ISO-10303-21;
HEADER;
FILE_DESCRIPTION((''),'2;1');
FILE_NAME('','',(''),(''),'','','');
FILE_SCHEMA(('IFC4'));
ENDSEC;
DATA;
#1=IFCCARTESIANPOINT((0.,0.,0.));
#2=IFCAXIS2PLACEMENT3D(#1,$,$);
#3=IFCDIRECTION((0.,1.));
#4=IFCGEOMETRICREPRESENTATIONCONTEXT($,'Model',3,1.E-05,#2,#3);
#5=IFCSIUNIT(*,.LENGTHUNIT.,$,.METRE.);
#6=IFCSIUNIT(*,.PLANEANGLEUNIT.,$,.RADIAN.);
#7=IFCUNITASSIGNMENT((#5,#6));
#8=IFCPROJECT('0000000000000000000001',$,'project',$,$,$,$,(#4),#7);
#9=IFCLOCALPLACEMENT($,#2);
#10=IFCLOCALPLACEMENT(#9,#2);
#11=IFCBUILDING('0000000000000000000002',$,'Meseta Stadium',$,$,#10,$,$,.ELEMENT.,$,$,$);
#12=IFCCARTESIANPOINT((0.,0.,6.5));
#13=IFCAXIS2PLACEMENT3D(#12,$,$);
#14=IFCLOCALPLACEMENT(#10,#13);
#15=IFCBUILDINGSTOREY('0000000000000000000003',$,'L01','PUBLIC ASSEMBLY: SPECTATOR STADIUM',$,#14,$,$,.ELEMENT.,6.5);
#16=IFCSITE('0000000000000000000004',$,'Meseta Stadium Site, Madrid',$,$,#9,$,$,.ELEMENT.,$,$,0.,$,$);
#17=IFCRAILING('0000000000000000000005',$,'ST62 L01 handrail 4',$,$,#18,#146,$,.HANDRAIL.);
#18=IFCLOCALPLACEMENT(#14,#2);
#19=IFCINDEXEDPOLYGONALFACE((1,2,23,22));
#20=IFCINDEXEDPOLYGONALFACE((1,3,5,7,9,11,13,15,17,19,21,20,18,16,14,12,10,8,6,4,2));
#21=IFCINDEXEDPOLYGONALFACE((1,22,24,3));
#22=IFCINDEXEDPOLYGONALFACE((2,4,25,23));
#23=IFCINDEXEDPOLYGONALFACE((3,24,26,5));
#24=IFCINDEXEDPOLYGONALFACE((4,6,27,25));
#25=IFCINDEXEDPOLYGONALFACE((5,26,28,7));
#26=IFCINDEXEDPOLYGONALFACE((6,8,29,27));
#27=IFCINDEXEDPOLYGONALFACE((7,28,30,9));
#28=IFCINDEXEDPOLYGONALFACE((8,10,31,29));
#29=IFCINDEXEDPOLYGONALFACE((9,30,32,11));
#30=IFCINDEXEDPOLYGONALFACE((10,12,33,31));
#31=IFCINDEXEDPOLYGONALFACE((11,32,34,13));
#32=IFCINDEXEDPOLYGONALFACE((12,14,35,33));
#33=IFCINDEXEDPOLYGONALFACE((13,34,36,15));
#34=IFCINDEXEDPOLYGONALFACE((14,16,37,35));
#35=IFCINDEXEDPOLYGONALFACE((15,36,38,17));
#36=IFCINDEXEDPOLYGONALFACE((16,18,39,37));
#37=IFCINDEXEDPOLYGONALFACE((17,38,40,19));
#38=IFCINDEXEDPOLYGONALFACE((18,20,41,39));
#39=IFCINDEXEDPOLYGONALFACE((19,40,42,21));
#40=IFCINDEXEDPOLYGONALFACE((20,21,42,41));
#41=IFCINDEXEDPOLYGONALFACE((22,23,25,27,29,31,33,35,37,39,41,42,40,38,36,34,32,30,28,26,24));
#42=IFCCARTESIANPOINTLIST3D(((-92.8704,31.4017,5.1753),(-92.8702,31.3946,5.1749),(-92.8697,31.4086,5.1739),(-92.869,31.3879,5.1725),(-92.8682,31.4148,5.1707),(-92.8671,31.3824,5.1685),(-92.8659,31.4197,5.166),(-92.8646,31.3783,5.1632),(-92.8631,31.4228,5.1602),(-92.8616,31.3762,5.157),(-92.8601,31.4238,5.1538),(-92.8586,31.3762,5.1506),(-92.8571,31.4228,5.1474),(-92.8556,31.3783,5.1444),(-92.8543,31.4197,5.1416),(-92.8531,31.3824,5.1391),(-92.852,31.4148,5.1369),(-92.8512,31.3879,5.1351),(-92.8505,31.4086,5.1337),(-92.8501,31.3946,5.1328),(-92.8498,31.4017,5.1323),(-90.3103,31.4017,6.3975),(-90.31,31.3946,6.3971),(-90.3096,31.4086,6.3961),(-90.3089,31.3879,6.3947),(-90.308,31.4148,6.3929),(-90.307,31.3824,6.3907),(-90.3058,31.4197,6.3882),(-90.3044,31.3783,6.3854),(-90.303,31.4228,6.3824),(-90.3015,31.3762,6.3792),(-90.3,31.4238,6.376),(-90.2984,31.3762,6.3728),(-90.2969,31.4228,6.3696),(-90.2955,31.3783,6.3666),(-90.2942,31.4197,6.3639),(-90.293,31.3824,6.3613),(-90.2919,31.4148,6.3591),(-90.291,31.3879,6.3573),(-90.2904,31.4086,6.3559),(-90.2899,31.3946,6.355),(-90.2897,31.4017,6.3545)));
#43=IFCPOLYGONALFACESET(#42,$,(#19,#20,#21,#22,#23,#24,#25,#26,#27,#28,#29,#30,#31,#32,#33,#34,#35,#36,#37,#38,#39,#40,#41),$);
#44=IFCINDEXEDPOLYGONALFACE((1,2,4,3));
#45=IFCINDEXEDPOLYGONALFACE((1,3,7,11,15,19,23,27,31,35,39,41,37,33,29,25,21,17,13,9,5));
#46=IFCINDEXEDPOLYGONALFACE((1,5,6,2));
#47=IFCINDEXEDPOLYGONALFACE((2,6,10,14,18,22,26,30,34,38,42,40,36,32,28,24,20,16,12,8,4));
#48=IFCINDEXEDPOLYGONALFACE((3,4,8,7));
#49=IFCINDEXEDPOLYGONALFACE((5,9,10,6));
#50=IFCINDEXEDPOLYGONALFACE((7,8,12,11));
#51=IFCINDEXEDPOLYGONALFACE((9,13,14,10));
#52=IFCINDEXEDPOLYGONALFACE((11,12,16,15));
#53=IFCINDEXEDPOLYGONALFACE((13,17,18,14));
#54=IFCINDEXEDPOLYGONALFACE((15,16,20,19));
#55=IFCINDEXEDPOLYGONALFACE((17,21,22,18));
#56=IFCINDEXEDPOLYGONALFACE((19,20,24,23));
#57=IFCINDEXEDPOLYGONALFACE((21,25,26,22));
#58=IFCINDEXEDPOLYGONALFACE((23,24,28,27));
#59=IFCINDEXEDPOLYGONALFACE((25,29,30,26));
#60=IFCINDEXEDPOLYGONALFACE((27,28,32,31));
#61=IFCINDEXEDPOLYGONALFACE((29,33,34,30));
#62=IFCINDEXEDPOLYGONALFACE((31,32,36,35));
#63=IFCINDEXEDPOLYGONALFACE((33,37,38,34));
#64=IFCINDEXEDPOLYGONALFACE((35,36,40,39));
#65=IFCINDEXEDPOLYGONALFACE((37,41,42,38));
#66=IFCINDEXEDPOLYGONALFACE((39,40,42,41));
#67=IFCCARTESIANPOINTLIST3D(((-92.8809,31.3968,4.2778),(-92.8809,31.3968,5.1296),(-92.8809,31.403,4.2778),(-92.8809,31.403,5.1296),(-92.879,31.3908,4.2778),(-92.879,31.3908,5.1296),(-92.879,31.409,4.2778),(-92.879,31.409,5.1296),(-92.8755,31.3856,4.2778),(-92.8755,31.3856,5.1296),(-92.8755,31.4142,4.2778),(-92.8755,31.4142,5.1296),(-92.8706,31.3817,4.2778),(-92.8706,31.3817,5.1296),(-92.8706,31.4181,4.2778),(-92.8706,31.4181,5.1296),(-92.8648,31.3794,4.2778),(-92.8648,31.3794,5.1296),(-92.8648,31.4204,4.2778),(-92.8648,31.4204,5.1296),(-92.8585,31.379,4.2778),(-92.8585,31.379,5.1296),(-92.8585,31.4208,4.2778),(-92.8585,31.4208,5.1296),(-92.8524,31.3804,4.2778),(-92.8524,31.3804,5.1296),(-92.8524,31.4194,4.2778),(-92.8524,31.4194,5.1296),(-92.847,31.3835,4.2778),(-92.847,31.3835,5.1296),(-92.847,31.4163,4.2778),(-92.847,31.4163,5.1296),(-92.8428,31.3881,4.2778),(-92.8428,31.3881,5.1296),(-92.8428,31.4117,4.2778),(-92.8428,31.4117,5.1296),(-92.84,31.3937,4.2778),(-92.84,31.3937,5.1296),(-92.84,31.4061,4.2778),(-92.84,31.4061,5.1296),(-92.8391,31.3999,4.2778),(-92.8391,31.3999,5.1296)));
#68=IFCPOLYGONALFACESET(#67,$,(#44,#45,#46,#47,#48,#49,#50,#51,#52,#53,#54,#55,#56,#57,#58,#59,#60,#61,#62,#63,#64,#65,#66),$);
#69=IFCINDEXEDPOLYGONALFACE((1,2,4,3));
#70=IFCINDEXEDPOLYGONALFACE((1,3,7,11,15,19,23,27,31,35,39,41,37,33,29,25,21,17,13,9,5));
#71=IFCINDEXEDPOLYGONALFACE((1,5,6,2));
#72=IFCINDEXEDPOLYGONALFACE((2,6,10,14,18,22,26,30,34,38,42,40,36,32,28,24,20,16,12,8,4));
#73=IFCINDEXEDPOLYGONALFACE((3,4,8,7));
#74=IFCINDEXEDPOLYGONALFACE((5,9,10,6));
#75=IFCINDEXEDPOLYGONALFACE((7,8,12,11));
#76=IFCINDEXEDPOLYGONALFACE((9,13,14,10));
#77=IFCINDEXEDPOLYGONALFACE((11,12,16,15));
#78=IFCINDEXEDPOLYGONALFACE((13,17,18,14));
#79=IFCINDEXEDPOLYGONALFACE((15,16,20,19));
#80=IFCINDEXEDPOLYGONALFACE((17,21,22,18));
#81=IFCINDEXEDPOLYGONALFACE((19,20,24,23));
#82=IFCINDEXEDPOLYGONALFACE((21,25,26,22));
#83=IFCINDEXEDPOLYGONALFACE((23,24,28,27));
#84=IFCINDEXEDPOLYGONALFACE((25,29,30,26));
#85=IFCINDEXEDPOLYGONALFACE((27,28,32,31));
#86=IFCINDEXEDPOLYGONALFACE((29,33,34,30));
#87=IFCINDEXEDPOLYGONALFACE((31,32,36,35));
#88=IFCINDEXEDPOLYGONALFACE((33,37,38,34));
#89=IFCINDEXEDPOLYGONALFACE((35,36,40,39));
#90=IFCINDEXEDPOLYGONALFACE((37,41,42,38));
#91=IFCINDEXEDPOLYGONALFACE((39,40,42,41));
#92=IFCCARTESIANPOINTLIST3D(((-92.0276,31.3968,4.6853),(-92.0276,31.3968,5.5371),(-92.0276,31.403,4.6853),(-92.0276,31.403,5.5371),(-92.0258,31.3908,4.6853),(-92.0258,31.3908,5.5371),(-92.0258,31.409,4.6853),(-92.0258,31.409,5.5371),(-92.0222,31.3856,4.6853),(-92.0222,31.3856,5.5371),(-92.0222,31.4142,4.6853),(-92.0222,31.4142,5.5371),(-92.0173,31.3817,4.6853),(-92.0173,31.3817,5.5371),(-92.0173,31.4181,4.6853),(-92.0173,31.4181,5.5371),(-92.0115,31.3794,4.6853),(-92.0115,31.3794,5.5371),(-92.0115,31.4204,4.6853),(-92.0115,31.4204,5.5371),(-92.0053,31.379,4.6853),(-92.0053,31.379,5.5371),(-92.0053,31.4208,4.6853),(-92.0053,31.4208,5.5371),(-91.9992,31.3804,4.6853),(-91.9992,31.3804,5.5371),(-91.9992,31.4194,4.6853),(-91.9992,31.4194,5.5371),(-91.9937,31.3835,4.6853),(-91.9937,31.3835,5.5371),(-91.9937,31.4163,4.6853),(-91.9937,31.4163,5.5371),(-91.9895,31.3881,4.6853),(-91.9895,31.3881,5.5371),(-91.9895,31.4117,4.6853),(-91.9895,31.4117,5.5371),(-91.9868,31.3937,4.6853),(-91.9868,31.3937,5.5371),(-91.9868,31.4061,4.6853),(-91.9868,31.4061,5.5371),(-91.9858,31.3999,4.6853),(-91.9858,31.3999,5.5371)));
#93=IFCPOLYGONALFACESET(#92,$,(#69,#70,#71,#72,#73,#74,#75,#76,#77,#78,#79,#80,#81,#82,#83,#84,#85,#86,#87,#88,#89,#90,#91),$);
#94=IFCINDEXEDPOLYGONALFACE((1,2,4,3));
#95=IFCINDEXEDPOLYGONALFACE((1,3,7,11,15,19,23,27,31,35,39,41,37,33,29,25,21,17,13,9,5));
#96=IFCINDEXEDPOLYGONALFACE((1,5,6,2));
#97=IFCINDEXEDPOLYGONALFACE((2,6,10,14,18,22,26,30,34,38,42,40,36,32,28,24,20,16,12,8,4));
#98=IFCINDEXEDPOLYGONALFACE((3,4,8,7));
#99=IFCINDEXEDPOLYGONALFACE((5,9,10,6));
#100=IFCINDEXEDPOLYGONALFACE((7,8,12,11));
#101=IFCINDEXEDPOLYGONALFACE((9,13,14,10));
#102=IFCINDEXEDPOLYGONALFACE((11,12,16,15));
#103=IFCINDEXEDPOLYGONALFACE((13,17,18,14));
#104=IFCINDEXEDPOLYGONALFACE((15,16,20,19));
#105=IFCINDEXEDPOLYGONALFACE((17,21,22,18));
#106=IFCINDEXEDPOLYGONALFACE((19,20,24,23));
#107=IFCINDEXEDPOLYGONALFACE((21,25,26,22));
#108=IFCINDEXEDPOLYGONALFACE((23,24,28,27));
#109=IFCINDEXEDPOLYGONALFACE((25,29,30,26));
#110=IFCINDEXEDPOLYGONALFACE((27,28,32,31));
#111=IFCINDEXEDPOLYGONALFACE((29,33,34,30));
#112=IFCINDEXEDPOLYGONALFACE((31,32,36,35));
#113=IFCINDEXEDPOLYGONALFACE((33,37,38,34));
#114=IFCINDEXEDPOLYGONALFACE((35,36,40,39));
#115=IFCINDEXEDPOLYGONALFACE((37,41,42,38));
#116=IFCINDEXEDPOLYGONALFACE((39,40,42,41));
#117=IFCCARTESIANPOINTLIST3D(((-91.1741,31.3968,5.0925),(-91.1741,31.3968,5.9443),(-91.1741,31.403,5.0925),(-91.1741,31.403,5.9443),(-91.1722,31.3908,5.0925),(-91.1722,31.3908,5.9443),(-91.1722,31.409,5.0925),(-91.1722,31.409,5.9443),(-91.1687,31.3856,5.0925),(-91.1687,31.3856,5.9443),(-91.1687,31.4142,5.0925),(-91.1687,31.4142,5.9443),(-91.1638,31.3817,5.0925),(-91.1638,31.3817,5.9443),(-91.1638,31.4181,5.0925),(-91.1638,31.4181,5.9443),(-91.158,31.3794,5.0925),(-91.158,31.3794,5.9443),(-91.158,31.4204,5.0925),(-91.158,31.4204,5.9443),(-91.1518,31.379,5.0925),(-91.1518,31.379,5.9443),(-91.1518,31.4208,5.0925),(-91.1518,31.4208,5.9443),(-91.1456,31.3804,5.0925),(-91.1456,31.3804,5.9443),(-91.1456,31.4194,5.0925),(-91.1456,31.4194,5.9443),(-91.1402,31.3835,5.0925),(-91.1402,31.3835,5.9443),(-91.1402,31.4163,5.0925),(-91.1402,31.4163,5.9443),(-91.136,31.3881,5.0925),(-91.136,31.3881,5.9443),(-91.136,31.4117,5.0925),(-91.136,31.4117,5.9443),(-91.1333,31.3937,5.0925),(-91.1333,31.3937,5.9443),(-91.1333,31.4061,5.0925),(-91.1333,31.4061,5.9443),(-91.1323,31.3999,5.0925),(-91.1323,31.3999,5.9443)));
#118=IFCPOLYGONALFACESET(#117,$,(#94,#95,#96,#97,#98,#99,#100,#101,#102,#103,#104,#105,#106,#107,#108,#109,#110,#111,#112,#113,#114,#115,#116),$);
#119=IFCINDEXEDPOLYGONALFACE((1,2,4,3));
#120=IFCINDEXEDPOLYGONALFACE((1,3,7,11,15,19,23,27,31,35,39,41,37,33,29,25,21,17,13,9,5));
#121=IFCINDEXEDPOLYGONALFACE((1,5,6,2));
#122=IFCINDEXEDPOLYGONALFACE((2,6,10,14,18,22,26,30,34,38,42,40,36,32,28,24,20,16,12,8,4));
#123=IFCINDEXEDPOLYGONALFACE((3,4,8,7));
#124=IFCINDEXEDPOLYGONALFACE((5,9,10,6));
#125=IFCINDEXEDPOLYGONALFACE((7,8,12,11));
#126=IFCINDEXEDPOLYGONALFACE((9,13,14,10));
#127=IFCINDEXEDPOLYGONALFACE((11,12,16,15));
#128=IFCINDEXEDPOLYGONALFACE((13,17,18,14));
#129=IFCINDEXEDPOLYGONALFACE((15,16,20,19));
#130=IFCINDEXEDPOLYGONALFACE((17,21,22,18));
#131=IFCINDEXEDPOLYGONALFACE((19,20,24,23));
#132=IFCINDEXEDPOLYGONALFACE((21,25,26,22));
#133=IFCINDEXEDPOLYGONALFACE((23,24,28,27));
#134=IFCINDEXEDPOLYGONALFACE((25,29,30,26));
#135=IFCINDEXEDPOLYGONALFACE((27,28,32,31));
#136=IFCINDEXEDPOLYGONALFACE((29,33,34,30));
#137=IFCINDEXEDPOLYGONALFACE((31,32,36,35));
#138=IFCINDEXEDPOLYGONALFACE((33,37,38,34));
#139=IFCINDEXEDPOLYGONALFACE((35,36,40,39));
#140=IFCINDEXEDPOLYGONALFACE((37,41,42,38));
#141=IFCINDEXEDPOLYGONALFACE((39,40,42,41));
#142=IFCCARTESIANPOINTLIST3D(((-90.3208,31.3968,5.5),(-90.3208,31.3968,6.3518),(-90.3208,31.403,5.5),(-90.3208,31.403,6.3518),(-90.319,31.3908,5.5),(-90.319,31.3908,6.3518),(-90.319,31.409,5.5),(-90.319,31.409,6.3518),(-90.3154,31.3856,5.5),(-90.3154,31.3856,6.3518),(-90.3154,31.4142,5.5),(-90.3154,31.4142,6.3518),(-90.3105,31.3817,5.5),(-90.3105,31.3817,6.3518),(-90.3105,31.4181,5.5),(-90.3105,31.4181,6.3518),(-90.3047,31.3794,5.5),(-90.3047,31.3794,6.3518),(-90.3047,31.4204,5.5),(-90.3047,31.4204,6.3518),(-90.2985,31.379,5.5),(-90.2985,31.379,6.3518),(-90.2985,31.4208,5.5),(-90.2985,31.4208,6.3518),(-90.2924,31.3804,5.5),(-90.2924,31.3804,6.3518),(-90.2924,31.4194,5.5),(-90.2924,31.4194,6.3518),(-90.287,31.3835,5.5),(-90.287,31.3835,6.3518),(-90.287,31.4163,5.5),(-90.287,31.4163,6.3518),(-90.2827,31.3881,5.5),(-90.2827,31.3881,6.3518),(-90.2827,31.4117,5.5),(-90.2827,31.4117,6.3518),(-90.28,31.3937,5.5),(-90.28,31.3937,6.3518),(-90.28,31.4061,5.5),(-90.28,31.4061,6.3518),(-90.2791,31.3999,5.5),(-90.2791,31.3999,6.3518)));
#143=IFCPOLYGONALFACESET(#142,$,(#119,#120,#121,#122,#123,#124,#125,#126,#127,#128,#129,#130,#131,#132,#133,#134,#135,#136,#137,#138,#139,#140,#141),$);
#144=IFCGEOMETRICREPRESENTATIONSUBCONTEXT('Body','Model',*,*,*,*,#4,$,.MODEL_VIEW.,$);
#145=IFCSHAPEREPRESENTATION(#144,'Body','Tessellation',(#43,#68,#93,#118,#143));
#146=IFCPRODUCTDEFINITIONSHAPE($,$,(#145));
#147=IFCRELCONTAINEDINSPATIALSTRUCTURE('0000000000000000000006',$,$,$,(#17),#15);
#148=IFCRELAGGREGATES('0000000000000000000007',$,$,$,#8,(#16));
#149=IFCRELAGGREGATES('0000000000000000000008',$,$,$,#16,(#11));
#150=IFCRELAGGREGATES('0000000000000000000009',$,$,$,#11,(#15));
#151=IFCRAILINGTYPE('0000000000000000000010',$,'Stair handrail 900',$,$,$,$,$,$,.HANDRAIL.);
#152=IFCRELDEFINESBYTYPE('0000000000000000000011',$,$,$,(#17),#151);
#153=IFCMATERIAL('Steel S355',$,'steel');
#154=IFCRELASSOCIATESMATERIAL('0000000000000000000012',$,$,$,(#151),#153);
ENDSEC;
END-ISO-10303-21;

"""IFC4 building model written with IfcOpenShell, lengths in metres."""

from ifc_helpers import new_model, si_unit, direction, frame, origin, origin_2d, place, context, subcontext, project, spatial, circle, extrude, material, type_object, element, save


model = new_model("IFC4")

# Units and contexts
model_context = context("Model", 3, precision=1e-05, world=origin(), true_north=direction((0.0, 1.0)))
body_context = subcontext(model_context, "Body", "Model", "MODEL_VIEW")
ifc_project = project(units=[si_unit("LENGTHUNIT", "METRE"), si_unit("PLANEANGLEUNIT", "RADIAN")], contexts=[model_context])

# Site, building, storey
site_placement = place(None, origin())
site = spatial("IfcSite", under=ifc_project, at=site_placement, Name="Meseta Stadium Site, Madrid", CompositionType="ELEMENT", RefElevation=0.0)
building_placement = place(site_placement, origin())
building = spatial("IfcBuilding", under=site, at=building_placement, Name="Meseta Stadium", CompositionType="ELEMENT")
storey_placement = place(building_placement, frame((0.0, 0.0, 6.5)))
storey = spatial("IfcBuildingStorey", under=building, at=storey_placement, Name="L01", Description="PUBLIC ASSEMBLY: SPECTATOR STADIUM", CompositionType="ELEMENT", Elevation=6.5)

# Railing
ifc_material_1 = material(Name="Steel S355", Category="steel")
railing_type_1 = type_object("IfcRailingType", Name="Stair handrail 900", PredefinedType="HANDRAIL", material=ifc_material_1)
for number, where, name in (
    (1, (-92.8601, 31.3999, 4.2778), "ST62 L01 handrail 4"),
):
    element("IfcRailing", number, at=place(storey_placement, frame(where)), inside=storey, type_object=railing_type_1, Name=name, PredefinedType="HANDRAIL", context=body_context, shape_type="SweptSolid", body=[
        extrude(circle(Radius=0.0239, at=origin_2d()), frame((0.0, 0.0, 0.876), z_axis=(0.902437, 0.0, 0.430822), x_axis=(0.0, 1.0, 0.0)), (0.0, 0.0, 1.0), 2.8369),
        extrude(circle(Radius=0.021, at=origin_2d()), origin(), (0.0, 0.0, 1.0), 0.8518),
        extrude(circle(Radius=0.021, at=origin_2d()), frame((0.8533, 0.0, 0.4075)), (0.0, 0.0, 1.0), 0.8518),
        extrude(circle(Radius=0.021, at=origin_2d()), frame((1.7068, 0.0, 0.8147)), (0.0, 0.0, 1.0), 0.8518),
        extrude(circle(Radius=0.021, at=origin_2d()), frame((2.5601, 0.0, 1.2222)), (0.0, 0.0, 1.0), 0.8518),
    ])

save(model, "model.ifc")
